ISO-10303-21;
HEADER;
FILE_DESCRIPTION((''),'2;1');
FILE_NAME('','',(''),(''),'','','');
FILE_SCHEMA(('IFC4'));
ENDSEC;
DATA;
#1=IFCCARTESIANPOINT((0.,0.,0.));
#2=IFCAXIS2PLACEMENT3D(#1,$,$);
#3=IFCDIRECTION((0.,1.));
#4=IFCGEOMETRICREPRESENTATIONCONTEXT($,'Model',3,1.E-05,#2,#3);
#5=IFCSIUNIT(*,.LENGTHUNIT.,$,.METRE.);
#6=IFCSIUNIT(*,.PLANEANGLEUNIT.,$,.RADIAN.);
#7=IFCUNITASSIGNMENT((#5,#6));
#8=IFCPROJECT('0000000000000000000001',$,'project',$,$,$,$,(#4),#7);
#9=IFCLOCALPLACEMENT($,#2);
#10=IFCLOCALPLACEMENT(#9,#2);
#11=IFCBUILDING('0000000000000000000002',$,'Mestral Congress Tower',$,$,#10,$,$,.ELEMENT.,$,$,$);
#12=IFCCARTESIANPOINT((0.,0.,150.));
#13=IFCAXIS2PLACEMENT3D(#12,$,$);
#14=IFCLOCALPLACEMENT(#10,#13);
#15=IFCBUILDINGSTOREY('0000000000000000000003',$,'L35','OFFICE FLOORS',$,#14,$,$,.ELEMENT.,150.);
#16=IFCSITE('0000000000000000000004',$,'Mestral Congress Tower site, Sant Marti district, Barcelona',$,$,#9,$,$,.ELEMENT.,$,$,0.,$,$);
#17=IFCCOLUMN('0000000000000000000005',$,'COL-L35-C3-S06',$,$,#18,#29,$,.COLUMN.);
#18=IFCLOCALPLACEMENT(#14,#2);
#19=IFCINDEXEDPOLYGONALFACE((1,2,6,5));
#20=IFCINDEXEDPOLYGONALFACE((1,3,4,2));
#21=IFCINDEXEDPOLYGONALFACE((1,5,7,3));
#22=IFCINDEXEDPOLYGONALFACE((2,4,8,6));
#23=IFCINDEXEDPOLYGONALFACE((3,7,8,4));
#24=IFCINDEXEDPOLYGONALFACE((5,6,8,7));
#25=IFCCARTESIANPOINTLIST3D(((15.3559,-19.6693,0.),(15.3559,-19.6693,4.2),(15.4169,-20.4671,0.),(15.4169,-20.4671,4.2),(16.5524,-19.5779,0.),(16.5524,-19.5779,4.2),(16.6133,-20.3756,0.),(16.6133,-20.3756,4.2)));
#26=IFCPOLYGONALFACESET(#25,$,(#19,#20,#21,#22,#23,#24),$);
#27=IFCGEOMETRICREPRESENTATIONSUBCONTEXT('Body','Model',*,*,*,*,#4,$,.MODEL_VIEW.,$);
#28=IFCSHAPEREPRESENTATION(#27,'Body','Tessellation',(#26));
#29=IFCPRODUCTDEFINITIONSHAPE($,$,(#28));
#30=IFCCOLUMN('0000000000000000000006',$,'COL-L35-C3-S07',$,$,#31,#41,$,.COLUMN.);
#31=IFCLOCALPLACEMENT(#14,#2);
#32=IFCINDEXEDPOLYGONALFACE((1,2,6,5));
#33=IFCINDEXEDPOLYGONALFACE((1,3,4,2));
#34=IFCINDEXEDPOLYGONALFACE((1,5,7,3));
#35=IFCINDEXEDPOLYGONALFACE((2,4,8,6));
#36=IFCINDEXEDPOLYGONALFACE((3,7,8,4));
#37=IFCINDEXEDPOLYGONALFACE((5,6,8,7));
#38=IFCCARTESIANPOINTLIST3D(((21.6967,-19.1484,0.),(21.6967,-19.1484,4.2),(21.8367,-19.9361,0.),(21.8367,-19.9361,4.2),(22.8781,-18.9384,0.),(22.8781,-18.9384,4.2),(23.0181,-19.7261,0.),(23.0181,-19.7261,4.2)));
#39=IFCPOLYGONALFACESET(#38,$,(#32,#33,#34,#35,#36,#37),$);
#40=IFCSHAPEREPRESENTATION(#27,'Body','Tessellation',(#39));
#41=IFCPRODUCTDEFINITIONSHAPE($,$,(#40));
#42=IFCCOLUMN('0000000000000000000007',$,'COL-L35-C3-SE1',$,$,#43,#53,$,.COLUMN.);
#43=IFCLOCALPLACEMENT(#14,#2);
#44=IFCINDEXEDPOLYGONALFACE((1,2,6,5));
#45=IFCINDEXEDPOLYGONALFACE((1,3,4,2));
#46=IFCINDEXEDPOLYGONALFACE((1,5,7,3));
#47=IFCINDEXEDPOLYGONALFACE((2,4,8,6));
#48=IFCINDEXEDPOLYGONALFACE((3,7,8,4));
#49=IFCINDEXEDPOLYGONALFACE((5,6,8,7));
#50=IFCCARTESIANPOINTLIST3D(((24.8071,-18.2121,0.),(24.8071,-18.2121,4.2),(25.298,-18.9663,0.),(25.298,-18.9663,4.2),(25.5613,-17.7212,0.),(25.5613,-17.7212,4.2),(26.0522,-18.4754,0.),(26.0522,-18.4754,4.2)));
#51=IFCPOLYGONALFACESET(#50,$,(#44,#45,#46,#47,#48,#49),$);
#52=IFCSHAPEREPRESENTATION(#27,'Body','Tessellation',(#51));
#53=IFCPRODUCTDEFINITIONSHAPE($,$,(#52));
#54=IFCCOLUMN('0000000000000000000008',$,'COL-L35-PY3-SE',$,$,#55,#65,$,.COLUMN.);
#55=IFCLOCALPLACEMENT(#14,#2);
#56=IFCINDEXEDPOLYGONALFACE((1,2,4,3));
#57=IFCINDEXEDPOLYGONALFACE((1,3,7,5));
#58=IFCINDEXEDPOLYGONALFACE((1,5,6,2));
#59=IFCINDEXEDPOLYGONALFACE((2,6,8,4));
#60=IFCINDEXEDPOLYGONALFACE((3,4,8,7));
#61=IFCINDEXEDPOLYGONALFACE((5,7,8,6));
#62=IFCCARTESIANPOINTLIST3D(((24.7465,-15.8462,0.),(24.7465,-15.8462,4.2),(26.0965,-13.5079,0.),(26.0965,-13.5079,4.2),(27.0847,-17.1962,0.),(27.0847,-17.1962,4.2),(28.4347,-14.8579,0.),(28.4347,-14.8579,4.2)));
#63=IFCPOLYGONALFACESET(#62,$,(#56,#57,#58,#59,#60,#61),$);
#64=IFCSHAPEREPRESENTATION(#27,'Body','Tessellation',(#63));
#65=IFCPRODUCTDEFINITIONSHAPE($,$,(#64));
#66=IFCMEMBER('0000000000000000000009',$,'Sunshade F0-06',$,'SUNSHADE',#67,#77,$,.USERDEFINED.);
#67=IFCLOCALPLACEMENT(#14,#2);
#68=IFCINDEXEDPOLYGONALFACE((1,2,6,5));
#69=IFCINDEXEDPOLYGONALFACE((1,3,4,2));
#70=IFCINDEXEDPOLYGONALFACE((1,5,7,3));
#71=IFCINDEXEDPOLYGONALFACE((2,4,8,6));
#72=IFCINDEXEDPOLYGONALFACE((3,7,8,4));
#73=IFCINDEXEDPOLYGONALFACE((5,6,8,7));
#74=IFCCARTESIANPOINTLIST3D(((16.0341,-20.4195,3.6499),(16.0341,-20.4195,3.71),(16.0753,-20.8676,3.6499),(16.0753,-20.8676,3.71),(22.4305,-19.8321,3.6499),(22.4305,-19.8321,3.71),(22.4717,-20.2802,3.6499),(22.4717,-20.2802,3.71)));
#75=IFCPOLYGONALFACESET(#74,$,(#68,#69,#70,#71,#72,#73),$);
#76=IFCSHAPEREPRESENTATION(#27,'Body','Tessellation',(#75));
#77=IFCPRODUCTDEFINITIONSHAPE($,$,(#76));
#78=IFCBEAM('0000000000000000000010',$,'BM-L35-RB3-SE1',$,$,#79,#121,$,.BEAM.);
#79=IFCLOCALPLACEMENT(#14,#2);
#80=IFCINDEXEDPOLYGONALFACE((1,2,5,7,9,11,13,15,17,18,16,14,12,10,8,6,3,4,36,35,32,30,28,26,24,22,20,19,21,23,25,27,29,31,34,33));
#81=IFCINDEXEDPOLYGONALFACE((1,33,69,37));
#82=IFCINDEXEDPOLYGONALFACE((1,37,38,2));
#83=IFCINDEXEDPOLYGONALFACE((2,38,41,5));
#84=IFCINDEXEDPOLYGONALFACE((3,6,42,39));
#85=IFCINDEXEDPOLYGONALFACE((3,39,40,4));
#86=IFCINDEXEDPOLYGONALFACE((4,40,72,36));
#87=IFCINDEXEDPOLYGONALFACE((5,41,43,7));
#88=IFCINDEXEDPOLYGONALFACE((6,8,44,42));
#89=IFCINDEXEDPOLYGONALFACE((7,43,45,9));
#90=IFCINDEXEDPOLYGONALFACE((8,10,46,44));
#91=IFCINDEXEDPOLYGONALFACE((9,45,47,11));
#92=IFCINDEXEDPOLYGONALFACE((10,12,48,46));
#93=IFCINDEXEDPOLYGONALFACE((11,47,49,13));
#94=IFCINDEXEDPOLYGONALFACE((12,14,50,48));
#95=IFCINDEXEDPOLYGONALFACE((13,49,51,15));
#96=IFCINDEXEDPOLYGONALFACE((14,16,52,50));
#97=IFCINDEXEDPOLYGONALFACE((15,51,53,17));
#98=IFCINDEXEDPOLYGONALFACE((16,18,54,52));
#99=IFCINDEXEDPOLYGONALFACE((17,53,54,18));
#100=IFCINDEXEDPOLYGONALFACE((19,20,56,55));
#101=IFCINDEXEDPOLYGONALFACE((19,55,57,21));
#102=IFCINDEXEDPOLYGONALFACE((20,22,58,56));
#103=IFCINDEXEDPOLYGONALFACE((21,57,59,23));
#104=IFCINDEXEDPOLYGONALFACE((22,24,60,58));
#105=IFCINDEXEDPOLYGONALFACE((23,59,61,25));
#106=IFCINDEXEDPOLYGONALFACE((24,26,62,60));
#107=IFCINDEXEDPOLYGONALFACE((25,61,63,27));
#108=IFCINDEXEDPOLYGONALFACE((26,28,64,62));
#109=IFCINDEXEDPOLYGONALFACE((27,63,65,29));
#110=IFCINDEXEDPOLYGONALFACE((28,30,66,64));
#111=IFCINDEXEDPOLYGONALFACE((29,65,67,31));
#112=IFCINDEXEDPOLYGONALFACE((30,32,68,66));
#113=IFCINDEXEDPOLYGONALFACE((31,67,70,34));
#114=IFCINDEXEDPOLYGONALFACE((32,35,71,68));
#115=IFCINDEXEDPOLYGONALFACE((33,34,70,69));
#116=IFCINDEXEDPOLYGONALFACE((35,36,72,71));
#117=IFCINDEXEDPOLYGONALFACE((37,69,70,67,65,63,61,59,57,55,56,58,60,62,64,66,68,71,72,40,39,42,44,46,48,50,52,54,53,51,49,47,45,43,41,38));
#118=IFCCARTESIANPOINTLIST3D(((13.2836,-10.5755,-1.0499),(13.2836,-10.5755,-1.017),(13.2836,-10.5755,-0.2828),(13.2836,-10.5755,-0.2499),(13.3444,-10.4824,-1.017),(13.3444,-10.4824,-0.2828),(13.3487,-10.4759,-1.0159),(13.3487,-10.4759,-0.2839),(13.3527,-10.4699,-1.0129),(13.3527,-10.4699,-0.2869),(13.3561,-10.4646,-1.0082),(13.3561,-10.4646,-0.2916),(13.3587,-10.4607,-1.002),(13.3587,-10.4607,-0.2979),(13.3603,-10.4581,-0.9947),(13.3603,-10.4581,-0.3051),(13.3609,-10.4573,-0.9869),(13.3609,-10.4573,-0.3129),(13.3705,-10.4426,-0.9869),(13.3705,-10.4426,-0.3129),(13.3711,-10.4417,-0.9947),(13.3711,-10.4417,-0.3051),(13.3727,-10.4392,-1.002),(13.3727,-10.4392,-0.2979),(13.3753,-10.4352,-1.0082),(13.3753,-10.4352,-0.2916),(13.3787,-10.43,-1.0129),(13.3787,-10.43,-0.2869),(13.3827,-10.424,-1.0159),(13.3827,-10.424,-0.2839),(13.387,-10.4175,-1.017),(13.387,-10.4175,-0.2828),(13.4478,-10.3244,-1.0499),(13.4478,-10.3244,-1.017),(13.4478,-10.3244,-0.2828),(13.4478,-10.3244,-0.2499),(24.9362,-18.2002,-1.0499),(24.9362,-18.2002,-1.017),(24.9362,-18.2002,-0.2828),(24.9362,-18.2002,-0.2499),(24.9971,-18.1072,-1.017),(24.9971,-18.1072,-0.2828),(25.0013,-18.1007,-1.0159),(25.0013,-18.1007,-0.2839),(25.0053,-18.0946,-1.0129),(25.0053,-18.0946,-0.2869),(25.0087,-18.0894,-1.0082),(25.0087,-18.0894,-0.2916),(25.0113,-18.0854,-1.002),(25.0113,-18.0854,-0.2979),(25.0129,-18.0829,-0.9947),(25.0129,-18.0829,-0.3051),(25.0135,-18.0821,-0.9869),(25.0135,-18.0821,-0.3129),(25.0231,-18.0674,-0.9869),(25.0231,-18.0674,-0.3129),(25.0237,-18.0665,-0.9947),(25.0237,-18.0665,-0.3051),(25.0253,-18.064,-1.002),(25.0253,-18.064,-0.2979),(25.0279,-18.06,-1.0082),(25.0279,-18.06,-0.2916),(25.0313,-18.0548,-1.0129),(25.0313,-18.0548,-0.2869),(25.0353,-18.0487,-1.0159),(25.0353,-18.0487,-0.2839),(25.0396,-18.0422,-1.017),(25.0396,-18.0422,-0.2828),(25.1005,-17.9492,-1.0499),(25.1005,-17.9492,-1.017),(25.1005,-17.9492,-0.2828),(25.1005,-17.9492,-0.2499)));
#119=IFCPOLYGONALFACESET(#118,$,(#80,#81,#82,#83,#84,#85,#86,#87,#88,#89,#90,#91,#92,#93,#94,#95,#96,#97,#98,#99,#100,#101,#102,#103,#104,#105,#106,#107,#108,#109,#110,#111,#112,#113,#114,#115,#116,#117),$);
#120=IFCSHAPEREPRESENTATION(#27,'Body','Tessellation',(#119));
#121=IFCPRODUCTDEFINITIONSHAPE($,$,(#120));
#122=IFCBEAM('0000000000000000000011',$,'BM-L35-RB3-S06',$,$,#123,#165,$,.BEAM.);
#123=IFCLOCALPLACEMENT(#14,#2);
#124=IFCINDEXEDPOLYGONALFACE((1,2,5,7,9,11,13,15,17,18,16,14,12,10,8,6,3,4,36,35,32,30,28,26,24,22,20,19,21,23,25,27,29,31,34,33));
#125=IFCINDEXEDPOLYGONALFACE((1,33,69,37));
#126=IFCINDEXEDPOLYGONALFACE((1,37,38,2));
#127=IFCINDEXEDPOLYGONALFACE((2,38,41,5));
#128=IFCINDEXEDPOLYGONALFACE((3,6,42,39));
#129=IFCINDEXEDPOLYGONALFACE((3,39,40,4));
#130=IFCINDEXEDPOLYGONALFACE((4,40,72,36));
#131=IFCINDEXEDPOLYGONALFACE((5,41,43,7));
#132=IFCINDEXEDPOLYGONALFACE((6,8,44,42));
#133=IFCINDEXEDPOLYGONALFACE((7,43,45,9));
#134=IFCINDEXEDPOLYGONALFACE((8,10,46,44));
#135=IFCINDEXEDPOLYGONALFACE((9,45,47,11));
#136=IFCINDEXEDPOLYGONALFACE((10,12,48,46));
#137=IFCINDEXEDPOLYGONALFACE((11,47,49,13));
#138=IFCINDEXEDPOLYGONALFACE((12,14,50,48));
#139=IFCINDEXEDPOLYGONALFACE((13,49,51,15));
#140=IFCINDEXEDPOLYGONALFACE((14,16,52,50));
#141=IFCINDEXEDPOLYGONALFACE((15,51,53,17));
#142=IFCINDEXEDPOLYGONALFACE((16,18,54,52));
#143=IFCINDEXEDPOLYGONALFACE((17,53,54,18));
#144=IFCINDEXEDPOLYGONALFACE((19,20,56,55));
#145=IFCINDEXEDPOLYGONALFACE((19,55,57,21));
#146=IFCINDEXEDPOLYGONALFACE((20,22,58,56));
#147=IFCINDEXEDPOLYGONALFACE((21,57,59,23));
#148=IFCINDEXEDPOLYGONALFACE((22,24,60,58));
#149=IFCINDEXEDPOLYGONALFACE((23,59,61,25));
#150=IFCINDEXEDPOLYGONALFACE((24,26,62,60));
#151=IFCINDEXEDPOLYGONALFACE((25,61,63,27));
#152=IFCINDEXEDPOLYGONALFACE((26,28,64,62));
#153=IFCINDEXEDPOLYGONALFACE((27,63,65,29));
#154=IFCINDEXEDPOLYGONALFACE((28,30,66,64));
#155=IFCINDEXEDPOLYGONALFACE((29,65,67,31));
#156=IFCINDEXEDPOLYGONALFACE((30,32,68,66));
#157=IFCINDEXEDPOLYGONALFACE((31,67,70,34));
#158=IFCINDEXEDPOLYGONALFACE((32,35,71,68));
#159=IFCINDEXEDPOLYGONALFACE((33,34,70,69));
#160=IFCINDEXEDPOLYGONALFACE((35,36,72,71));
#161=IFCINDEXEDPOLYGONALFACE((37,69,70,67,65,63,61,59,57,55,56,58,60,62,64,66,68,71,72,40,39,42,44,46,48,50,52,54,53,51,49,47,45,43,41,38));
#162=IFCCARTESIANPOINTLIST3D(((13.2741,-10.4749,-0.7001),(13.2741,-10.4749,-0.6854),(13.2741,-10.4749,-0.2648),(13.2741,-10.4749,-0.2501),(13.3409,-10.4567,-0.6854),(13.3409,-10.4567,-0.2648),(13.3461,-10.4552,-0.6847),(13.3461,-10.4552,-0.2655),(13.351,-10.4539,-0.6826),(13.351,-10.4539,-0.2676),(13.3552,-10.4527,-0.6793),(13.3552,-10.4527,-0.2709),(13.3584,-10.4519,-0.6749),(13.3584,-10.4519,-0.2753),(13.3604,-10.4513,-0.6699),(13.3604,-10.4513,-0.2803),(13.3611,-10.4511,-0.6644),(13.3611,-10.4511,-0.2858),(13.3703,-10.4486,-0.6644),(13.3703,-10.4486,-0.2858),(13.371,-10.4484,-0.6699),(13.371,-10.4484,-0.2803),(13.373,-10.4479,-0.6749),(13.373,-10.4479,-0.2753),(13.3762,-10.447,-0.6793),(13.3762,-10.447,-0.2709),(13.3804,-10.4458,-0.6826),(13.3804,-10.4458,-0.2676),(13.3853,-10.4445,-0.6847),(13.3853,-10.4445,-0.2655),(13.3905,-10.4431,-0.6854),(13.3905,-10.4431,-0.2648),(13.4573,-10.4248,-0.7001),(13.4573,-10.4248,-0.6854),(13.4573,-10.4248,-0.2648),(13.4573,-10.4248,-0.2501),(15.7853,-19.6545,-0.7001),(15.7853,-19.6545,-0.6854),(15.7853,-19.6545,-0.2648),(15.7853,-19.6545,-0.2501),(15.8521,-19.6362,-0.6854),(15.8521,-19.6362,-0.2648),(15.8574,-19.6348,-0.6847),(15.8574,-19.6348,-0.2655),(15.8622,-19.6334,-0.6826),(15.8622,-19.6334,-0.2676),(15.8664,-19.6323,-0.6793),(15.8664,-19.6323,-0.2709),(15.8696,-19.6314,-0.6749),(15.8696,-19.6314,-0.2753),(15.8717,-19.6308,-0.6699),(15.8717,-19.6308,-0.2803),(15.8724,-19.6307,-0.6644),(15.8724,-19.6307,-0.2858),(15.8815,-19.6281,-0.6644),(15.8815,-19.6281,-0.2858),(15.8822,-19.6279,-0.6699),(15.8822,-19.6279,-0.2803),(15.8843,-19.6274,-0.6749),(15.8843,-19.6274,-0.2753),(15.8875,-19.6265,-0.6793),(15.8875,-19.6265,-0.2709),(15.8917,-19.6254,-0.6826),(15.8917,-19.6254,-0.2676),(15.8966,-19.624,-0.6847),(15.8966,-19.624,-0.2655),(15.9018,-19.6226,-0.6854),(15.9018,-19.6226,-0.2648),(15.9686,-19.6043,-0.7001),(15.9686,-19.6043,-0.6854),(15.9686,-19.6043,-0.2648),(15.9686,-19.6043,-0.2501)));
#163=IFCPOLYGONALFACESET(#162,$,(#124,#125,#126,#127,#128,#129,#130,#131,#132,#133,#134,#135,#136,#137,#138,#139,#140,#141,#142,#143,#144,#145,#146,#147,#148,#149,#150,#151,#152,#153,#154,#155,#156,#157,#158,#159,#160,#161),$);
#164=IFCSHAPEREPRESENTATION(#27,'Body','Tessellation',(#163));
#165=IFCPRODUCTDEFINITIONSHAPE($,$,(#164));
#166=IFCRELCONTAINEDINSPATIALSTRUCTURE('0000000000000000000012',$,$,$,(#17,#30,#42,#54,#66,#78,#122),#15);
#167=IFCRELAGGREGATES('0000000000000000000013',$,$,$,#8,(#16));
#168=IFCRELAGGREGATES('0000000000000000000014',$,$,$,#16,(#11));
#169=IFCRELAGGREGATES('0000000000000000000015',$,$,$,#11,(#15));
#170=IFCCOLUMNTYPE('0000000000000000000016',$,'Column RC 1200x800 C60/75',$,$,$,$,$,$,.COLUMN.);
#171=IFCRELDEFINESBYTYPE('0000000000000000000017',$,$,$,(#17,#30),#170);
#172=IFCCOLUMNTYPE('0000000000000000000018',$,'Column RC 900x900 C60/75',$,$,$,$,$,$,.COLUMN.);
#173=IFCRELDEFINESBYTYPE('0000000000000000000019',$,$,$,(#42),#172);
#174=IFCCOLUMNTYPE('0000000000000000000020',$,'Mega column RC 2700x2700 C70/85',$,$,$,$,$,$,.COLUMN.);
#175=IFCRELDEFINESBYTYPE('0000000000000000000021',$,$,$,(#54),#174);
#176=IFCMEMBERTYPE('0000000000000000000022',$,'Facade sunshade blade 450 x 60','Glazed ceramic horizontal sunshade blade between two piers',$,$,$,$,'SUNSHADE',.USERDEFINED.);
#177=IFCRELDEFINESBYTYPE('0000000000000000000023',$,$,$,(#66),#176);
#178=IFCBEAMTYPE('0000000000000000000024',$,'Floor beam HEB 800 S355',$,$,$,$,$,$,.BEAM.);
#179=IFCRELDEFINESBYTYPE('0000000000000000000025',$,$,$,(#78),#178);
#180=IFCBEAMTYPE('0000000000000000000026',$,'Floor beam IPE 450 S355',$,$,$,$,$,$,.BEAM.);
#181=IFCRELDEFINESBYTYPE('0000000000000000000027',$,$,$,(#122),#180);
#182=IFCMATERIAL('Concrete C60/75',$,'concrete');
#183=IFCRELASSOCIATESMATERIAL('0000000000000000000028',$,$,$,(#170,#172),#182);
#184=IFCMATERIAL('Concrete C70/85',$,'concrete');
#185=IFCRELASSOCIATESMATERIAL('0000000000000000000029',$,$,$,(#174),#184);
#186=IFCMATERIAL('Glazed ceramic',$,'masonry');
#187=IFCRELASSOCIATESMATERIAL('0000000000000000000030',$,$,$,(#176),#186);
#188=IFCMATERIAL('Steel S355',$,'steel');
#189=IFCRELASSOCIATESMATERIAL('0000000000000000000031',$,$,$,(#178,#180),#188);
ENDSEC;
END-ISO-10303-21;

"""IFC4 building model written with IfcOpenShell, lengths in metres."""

from ifc_helpers import new_model, si_unit, direction, frame, origin, origin_2d, place, context, subcontext, project, spatial, rectangle, i_section, extrude, material, material_profile, profile_set, type_object, element, save


model = new_model("IFC4")

# Units and contexts
model_context = context("Model", 3, precision=1e-05, world=origin(), true_north=direction((0.0, 1.0)))
body_context = subcontext(model_context, "Body", "Model", "MODEL_VIEW")
ifc_project = project(units=[si_unit("LENGTHUNIT", "METRE"), si_unit("PLANEANGLEUNIT", "RADIAN")], contexts=[model_context])

# Site, building, storey
site_placement = place(None, origin())
site = spatial("IfcSite", under=ifc_project, at=site_placement, Name="Mestral Congress Tower site, Sant Marti district, Barcelona", CompositionType="ELEMENT", RefElevation=0.0)
building_placement = place(site_placement, origin())
building = spatial("IfcBuilding", under=site, at=building_placement, Name="Mestral Congress Tower", CompositionType="ELEMENT")
storey_placement = place(building_placement, frame((0.0, 0.0, 150.0)))
storey = spatial("IfcBuildingStorey", under=building, at=storey_placement, Name="L35", Description="OFFICE FLOORS", CompositionType="ELEMENT", Elevation=150.0)

# Columns
ifc_material_1 = material(Name="Concrete C60/75", Category="concrete")
ifc_material_profile_1 = material_profile(ifc_material_1, rectangle(XDim=1.2, YDim=0.8, at=origin_2d()), Name="RC 1200x800")
ifc_profile_set_1 = profile_set([ifc_material_profile_1], Name="Concrete C60/75")
column_type_1 = type_object("IfcColumnType", Name="Column RC 1200x800 C60/75", PredefinedType="COLUMN", material=ifc_profile_set_1)
for number, where, z_axis, x_axis, name in (
    (1, (15.9846, -20.0225, 0.0), (0.0, 0.0, 1.0), (0.99709, 0.076237, 0.0), "COL-L35-C3-S06"),
    (2, (22.3574, -19.4373, 0.0), (0.0, 0.0, 1.0), (0.984571, 0.174985, 0.0), "COL-L35-C3-S07"),
):
    element("IfcColumn", number, at=place(storey_placement, frame(where, z_axis=z_axis, x_axis=x_axis)), inside=storey, type_object=column_type_1, Name=name, PredefinedType="COLUMN", context=body_context, shape_type="SweptSolid", body=[
        extrude(rectangle(XDim=1.2, YDim=0.8, at=origin_2d()), origin(), (0.0, 0.0, 1.0), 4.2),
    ])
ifc_material_profile_2 = material_profile(ifc_material_1, rectangle(XDim=0.8999, YDim=0.8999, at=origin_2d()), Name="RC 900x900")
ifc_profile_set_2 = profile_set([ifc_material_profile_2], Name="Concrete C60/75")
column_type_2 = type_object("IfcColumnType", Name="Column RC 900x900 C60/75", PredefinedType="COLUMN", material=ifc_profile_set_2)
column_1_placement = place(storey_placement, frame((25.4297, -18.3438, 0.0), z_axis=(0.0, 0.0, 1.0), x_axis=(0.838094, 0.545526, 0.0)))
element("IfcColumn", 3, at=column_1_placement, inside=storey, type_object=column_type_2, Name="COL-L35-C3-SE1", PredefinedType="COLUMN", context=body_context, shape_type="SweptSolid", body=[
    extrude(rectangle(XDim=0.8999, YDim=0.8999, at=origin_2d()), origin(), (0.0, 0.0, 1.0), 4.2),
])
ifc_material_2 = material(Name="Concrete C70/85", Category="concrete")
ifc_material_profile_3 = material_profile(ifc_material_2, rectangle(XDim=2.7, YDim=2.7, at=origin_2d()), Name="RC 2700x2700")
ifc_profile_set_3 = profile_set([ifc_material_profile_3], Name="Concrete C70/85")
column_type_3 = type_object("IfcColumnType", Name="Mega column RC 2700x2700 C70/85", PredefinedType="COLUMN", material=ifc_profile_set_3)
column_2_placement = place(storey_placement, frame((26.5906, -15.3521, 0.0), z_axis=(0.0, 0.0, 1.0), x_axis=(0.866025, -0.5, 0.0)))
element("IfcColumn", 4, at=column_2_placement, inside=storey, type_object=column_type_3, Name="COL-L35-PY3-SE", PredefinedType="COLUMN", context=body_context, shape_type="SweptSolid", body=[
    extrude(rectangle(XDim=2.7, YDim=2.7, at=origin_2d()), origin(), (0.0, 0.0, 1.0), 4.2),
])

# Member
ifc_material_3 = material(Name="Glazed ceramic", Category="masonry")
ifc_material_profile_4 = material_profile(ifc_material_3, rectangle(XDim=0.45, YDim=0.0601, at=origin_2d()), Name="Ceramic blade 450 x 60")
ifc_profile_set_4 = profile_set([ifc_material_profile_4], Name="Glazed ceramic")
member_type = type_object("IfcMemberType", Name="Facade sunshade blade 450 x 60", Description="Glazed ceramic horizontal sunshade blade between two piers", ElementType="SUNSHADE", PredefinedType="USERDEFINED", material=ifc_profile_set_4)
member_placement = place(storey_placement, frame((16.0547, -20.6436, 3.6799), z_axis=(0.99581, 0.091447, 0.0), x_axis=(-0.091447, 0.99581, 0.0)))
element("IfcMember", 5, at=member_placement, inside=storey, type_object=member_type, Name="Sunshade F0-06", ObjectType="SUNSHADE", PredefinedType="USERDEFINED", context=body_context, shape_type="SweptSolid", body=[
    extrude(rectangle(XDim=0.45, YDim=0.0601, at=origin_2d()), origin(), (0.0, 0.0, 1.0), 6.4233),
])

# Beams
ifc_material_4 = material(Name="Steel S355", Category="steel")
ifc_material_profile_5 = material_profile(ifc_material_4, i_section(OverallWidth=0.3, OverallDepth=0.8, WebThickness=0.0176, FlangeThickness=0.033, FilletRadius=0.03, at=origin_2d()), Name="HEB 800")
ifc_profile_set_5 = profile_set([ifc_material_profile_5], Name="Steel S355")
beam_type_1 = type_object("IfcBeamType", Name="Floor beam HEB 800 S355", PredefinedType="BEAM", material=ifc_profile_set_5)
beam_1_placement = place(storey_placement, frame((25.0183, -18.0747, -0.6499), z_axis=(-0.83678, 0.547539, 0.0), x_axis=(-0.547539, -0.83678, 0.0)))
element("IfcBeam", 6, at=beam_1_placement, inside=storey, type_object=beam_type_1, Name="BM-L35-RB3-SE1", PredefinedType="BEAM", context=body_context, shape_type="SweptSolid", body=[
    extrude(i_section(OverallWidth=0.3, OverallDepth=0.8, WebThickness=0.0176, FlangeThickness=0.033, FilletRadius=0.03, at=origin_2d()), origin(), (0.0, 0.0, 1.0), 13.9255),
])
ifc_material_profile_6 = material_profile(ifc_material_4, i_section(OverallWidth=0.1899, OverallDepth=0.45, WebThickness=0.0095, FlangeThickness=0.0146, FilletRadius=0.021, at=origin_2d()), Name="IPE 450")
ifc_profile_set_6 = profile_set([ifc_material_profile_6], Name="Steel S355")
beam_type_2 = type_object("IfcBeamType", Name="Floor beam IPE 450 S355", PredefinedType="BEAM", material=ifc_profile_set_6)
beam_2_placement = place(storey_placement, frame((15.877, -19.6294, -0.4751), z_axis=(-0.263875, 0.964557, 0.0), x_axis=(-0.964557, -0.263875, 0.0)))
element("IfcBeam", 7, at=beam_2_placement, inside=storey, type_object=beam_type_2, Name="BM-L35-RB3-S06", PredefinedType="BEAM", context=body_context, shape_type="SweptSolid", body=[
    extrude(i_section(OverallWidth=0.1899, OverallDepth=0.45, WebThickness=0.0095, FlangeThickness=0.0146, FilletRadius=0.021, at=origin_2d()), origin(), (0.0, 0.0, 1.0), 9.5168),
])

save(model, "model.ifc")
